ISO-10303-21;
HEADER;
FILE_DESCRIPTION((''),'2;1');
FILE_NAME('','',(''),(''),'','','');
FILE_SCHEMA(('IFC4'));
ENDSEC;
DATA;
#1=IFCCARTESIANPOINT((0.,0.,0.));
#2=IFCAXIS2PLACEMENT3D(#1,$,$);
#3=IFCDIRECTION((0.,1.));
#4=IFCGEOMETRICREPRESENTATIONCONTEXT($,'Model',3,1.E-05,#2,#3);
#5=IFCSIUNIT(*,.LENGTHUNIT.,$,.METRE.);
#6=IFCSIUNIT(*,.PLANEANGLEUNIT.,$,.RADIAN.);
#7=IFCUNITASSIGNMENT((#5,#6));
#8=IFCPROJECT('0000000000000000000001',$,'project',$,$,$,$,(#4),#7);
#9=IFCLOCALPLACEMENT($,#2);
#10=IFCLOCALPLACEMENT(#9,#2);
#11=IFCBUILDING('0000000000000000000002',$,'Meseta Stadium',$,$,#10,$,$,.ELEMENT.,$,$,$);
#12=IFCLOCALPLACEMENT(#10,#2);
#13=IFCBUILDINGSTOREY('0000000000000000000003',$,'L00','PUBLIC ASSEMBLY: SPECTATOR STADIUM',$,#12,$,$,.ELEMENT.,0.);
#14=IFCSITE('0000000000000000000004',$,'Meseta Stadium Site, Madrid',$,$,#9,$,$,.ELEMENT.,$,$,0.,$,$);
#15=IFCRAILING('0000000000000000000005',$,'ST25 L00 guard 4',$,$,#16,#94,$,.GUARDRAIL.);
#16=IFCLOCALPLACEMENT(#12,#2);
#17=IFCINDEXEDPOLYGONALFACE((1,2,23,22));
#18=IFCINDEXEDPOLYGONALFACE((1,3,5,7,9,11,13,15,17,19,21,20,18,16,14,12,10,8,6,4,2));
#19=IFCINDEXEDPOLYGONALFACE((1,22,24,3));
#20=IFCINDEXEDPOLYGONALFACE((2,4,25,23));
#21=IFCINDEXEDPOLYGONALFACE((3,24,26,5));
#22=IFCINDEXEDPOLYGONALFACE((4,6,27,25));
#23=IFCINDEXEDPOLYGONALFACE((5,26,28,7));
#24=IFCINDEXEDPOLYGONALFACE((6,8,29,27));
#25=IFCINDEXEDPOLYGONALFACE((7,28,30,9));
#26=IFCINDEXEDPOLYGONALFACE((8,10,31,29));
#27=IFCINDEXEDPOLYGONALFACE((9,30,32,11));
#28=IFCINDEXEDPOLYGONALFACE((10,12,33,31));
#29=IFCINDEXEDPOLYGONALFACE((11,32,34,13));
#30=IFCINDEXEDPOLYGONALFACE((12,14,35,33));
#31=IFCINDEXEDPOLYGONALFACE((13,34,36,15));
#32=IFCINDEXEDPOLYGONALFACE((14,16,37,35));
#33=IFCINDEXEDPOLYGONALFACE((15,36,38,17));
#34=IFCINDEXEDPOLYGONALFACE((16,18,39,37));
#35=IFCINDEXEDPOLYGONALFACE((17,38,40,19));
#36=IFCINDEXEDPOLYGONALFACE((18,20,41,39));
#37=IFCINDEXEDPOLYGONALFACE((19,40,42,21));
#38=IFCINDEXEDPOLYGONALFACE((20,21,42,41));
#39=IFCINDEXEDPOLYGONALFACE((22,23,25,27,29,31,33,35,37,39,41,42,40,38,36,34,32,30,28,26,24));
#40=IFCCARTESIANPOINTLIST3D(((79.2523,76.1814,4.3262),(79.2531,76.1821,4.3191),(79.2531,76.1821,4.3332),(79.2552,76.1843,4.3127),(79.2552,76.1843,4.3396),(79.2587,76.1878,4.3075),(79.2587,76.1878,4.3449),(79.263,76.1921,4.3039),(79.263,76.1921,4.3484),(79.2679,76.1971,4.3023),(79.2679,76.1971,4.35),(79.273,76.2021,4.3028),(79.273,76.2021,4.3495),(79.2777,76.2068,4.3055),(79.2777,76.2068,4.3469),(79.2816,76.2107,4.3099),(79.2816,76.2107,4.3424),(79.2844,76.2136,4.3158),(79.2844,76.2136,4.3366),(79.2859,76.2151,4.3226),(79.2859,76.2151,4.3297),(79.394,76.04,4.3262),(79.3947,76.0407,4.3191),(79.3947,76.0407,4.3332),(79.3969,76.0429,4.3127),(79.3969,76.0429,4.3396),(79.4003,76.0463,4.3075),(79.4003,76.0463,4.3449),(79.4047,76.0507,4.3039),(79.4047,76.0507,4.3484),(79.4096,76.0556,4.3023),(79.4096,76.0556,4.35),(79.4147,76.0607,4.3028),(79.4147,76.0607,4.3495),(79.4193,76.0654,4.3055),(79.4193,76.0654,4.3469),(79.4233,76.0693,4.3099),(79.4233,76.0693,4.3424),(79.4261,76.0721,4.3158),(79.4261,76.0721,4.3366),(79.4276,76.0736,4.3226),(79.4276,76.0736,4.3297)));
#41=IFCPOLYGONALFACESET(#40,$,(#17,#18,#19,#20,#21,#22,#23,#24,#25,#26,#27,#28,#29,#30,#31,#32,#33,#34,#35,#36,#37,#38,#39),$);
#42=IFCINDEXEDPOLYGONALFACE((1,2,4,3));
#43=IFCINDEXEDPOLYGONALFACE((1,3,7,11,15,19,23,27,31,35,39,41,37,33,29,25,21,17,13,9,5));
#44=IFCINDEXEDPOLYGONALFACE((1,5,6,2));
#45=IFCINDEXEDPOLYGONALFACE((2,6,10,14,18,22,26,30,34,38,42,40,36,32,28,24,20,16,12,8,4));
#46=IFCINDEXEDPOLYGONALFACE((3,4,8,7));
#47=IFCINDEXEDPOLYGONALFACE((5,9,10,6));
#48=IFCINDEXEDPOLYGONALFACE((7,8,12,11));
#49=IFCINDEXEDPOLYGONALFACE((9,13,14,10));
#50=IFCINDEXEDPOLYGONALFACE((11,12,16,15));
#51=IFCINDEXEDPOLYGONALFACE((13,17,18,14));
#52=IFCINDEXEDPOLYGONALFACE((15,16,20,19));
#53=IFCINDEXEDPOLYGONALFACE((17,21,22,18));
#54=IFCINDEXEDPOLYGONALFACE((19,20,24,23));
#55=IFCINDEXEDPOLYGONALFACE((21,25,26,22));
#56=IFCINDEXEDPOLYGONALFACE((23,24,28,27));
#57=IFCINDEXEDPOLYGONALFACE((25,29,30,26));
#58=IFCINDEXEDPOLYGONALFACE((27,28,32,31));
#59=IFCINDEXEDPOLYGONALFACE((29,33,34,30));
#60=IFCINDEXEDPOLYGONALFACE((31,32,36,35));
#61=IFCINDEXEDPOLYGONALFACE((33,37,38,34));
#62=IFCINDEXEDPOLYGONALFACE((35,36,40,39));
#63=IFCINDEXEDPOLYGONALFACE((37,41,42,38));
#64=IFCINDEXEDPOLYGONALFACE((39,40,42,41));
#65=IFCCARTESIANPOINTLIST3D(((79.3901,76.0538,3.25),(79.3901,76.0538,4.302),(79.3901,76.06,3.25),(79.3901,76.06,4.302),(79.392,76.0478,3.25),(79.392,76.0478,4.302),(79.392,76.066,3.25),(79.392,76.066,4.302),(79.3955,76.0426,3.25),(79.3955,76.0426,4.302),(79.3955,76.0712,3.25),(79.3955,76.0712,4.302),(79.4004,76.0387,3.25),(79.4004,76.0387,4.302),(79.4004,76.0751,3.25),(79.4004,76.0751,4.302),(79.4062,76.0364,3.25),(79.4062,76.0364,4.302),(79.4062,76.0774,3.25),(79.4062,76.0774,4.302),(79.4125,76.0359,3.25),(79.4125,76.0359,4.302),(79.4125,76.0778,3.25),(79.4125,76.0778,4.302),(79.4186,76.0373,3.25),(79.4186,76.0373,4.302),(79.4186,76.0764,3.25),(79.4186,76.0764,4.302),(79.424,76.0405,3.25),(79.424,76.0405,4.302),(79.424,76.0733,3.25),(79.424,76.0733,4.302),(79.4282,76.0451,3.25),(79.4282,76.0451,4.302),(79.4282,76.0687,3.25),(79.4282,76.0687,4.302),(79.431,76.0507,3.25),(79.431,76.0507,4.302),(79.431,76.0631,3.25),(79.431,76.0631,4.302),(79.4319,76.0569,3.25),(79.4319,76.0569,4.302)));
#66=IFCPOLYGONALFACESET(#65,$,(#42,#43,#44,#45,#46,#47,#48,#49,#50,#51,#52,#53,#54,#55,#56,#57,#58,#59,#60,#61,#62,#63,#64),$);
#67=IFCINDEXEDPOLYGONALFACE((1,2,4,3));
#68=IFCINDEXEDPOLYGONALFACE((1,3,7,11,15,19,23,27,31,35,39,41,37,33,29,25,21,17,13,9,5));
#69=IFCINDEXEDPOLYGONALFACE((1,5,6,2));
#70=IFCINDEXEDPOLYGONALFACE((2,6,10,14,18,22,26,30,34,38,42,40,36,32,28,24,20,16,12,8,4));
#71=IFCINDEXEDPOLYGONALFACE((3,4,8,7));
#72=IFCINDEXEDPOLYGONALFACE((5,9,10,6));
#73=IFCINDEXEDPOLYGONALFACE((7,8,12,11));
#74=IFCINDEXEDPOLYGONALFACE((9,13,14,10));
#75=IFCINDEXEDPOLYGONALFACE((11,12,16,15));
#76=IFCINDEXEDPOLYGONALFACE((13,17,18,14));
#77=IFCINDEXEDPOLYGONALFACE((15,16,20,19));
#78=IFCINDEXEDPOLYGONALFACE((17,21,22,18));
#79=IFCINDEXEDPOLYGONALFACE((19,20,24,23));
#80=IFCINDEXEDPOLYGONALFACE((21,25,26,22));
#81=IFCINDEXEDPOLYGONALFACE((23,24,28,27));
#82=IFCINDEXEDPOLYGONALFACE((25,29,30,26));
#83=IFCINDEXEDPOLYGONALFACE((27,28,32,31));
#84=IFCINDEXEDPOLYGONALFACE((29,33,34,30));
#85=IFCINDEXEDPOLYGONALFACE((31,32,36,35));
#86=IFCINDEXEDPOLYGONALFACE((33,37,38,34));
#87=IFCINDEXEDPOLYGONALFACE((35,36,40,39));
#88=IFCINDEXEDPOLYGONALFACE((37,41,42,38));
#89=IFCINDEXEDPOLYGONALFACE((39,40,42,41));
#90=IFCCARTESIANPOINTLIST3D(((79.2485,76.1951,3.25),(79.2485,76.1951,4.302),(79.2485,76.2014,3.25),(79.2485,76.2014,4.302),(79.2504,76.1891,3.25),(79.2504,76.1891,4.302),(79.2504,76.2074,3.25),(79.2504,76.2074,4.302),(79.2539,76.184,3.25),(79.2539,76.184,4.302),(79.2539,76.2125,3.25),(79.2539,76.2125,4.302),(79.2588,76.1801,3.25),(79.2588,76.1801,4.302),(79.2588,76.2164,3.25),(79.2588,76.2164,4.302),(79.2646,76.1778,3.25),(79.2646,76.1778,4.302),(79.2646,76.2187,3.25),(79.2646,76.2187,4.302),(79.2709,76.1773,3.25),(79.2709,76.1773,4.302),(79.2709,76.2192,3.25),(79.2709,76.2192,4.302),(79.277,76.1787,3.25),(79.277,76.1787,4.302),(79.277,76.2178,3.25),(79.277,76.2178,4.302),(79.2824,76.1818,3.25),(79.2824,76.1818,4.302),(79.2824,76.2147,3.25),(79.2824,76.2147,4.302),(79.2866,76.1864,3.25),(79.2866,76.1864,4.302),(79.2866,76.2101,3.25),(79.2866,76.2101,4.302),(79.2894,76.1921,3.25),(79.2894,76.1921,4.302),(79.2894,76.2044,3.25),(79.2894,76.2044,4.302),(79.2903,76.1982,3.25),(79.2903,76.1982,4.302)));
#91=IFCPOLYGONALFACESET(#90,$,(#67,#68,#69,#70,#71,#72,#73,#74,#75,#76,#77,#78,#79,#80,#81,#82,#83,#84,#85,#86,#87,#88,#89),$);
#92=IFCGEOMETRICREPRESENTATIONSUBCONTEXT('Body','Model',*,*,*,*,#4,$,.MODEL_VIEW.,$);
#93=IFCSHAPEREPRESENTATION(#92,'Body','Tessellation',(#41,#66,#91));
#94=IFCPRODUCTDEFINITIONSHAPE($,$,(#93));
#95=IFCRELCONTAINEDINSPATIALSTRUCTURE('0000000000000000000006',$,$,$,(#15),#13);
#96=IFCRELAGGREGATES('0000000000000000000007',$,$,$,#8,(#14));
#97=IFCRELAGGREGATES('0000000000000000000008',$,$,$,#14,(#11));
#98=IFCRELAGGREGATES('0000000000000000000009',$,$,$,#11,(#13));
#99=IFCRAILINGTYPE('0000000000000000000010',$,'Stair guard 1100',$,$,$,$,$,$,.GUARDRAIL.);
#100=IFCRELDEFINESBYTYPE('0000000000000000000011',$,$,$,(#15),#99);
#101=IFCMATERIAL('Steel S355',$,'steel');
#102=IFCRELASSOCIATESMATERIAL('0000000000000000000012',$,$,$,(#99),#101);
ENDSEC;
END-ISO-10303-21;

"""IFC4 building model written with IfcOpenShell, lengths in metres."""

from ifc_helpers import new_model, si_unit, direction, frame, origin, origin_2d, place, context, subcontext, project, spatial, circle, extrude, material, type_object, element, save


model = new_model("IFC4")

# Units and contexts
model_context = context("Model", 3, precision=1e-05, world=origin(), true_north=direction((0.0, 1.0)))
body_context = subcontext(model_context, "Body", "Model", "MODEL_VIEW")
ifc_project = project(units=[si_unit("LENGTHUNIT", "METRE"), si_unit("PLANEANGLEUNIT", "RADIAN")], contexts=[model_context])

# Site, building, storey
site_placement = place(None, origin())
site = spatial("IfcSite", under=ifc_project, at=site_placement, Name="Meseta Stadium Site, Madrid", CompositionType="ELEMENT", RefElevation=0.0)
building_placement = place(site_placement, origin())
building = spatial("IfcBuilding", under=site, at=building_placement, Name="Meseta Stadium", CompositionType="ELEMENT")
storey_placement = place(building_placement, origin())
storey = spatial("IfcBuildingStorey", under=building, at=storey_placement, Name="L00", Description="PUBLIC ASSEMBLY: SPECTATOR STADIUM", CompositionType="ELEMENT", Elevation=0.0)

# Railing
ifc_material_1 = material(Name="Steel S355", Category="steel")
railing_type_1 = type_object("IfcRailingType", Name="Stair guard 1100", PredefinedType="GUARDRAIL", material=ifc_material_1)
railing_1_placement = place(storey_placement, frame((79.4109, 76.0569, 3.25)))
element("IfcRailing", 1, at=railing_1_placement, inside=storey, type_object=railing_type_1, Name="ST25 L00 guard 4", PredefinedType="GUARDRAIL", context=body_context, shape_type="SweptSolid", body=[
    extrude(circle(Radius=0.0239, at=origin_2d()), frame((0.0, 0.0, 1.0762), z_axis=(-0.707717, 0.706496, 0.0), x_axis=(-0.706496, -0.707717, 0.0)), (0.0, 0.0, 1.0), 0.2002),
    extrude(circle(Radius=0.021, at=origin_2d()), origin(), (0.0, 0.0, 1.0), 1.052),
    extrude(circle(Radius=0.021, at=origin_2d()), frame((-0.1416, 0.1414, 0.0)), (0.0, 0.0, 1.0), 1.052),
])

save(model, "model.ifc")
